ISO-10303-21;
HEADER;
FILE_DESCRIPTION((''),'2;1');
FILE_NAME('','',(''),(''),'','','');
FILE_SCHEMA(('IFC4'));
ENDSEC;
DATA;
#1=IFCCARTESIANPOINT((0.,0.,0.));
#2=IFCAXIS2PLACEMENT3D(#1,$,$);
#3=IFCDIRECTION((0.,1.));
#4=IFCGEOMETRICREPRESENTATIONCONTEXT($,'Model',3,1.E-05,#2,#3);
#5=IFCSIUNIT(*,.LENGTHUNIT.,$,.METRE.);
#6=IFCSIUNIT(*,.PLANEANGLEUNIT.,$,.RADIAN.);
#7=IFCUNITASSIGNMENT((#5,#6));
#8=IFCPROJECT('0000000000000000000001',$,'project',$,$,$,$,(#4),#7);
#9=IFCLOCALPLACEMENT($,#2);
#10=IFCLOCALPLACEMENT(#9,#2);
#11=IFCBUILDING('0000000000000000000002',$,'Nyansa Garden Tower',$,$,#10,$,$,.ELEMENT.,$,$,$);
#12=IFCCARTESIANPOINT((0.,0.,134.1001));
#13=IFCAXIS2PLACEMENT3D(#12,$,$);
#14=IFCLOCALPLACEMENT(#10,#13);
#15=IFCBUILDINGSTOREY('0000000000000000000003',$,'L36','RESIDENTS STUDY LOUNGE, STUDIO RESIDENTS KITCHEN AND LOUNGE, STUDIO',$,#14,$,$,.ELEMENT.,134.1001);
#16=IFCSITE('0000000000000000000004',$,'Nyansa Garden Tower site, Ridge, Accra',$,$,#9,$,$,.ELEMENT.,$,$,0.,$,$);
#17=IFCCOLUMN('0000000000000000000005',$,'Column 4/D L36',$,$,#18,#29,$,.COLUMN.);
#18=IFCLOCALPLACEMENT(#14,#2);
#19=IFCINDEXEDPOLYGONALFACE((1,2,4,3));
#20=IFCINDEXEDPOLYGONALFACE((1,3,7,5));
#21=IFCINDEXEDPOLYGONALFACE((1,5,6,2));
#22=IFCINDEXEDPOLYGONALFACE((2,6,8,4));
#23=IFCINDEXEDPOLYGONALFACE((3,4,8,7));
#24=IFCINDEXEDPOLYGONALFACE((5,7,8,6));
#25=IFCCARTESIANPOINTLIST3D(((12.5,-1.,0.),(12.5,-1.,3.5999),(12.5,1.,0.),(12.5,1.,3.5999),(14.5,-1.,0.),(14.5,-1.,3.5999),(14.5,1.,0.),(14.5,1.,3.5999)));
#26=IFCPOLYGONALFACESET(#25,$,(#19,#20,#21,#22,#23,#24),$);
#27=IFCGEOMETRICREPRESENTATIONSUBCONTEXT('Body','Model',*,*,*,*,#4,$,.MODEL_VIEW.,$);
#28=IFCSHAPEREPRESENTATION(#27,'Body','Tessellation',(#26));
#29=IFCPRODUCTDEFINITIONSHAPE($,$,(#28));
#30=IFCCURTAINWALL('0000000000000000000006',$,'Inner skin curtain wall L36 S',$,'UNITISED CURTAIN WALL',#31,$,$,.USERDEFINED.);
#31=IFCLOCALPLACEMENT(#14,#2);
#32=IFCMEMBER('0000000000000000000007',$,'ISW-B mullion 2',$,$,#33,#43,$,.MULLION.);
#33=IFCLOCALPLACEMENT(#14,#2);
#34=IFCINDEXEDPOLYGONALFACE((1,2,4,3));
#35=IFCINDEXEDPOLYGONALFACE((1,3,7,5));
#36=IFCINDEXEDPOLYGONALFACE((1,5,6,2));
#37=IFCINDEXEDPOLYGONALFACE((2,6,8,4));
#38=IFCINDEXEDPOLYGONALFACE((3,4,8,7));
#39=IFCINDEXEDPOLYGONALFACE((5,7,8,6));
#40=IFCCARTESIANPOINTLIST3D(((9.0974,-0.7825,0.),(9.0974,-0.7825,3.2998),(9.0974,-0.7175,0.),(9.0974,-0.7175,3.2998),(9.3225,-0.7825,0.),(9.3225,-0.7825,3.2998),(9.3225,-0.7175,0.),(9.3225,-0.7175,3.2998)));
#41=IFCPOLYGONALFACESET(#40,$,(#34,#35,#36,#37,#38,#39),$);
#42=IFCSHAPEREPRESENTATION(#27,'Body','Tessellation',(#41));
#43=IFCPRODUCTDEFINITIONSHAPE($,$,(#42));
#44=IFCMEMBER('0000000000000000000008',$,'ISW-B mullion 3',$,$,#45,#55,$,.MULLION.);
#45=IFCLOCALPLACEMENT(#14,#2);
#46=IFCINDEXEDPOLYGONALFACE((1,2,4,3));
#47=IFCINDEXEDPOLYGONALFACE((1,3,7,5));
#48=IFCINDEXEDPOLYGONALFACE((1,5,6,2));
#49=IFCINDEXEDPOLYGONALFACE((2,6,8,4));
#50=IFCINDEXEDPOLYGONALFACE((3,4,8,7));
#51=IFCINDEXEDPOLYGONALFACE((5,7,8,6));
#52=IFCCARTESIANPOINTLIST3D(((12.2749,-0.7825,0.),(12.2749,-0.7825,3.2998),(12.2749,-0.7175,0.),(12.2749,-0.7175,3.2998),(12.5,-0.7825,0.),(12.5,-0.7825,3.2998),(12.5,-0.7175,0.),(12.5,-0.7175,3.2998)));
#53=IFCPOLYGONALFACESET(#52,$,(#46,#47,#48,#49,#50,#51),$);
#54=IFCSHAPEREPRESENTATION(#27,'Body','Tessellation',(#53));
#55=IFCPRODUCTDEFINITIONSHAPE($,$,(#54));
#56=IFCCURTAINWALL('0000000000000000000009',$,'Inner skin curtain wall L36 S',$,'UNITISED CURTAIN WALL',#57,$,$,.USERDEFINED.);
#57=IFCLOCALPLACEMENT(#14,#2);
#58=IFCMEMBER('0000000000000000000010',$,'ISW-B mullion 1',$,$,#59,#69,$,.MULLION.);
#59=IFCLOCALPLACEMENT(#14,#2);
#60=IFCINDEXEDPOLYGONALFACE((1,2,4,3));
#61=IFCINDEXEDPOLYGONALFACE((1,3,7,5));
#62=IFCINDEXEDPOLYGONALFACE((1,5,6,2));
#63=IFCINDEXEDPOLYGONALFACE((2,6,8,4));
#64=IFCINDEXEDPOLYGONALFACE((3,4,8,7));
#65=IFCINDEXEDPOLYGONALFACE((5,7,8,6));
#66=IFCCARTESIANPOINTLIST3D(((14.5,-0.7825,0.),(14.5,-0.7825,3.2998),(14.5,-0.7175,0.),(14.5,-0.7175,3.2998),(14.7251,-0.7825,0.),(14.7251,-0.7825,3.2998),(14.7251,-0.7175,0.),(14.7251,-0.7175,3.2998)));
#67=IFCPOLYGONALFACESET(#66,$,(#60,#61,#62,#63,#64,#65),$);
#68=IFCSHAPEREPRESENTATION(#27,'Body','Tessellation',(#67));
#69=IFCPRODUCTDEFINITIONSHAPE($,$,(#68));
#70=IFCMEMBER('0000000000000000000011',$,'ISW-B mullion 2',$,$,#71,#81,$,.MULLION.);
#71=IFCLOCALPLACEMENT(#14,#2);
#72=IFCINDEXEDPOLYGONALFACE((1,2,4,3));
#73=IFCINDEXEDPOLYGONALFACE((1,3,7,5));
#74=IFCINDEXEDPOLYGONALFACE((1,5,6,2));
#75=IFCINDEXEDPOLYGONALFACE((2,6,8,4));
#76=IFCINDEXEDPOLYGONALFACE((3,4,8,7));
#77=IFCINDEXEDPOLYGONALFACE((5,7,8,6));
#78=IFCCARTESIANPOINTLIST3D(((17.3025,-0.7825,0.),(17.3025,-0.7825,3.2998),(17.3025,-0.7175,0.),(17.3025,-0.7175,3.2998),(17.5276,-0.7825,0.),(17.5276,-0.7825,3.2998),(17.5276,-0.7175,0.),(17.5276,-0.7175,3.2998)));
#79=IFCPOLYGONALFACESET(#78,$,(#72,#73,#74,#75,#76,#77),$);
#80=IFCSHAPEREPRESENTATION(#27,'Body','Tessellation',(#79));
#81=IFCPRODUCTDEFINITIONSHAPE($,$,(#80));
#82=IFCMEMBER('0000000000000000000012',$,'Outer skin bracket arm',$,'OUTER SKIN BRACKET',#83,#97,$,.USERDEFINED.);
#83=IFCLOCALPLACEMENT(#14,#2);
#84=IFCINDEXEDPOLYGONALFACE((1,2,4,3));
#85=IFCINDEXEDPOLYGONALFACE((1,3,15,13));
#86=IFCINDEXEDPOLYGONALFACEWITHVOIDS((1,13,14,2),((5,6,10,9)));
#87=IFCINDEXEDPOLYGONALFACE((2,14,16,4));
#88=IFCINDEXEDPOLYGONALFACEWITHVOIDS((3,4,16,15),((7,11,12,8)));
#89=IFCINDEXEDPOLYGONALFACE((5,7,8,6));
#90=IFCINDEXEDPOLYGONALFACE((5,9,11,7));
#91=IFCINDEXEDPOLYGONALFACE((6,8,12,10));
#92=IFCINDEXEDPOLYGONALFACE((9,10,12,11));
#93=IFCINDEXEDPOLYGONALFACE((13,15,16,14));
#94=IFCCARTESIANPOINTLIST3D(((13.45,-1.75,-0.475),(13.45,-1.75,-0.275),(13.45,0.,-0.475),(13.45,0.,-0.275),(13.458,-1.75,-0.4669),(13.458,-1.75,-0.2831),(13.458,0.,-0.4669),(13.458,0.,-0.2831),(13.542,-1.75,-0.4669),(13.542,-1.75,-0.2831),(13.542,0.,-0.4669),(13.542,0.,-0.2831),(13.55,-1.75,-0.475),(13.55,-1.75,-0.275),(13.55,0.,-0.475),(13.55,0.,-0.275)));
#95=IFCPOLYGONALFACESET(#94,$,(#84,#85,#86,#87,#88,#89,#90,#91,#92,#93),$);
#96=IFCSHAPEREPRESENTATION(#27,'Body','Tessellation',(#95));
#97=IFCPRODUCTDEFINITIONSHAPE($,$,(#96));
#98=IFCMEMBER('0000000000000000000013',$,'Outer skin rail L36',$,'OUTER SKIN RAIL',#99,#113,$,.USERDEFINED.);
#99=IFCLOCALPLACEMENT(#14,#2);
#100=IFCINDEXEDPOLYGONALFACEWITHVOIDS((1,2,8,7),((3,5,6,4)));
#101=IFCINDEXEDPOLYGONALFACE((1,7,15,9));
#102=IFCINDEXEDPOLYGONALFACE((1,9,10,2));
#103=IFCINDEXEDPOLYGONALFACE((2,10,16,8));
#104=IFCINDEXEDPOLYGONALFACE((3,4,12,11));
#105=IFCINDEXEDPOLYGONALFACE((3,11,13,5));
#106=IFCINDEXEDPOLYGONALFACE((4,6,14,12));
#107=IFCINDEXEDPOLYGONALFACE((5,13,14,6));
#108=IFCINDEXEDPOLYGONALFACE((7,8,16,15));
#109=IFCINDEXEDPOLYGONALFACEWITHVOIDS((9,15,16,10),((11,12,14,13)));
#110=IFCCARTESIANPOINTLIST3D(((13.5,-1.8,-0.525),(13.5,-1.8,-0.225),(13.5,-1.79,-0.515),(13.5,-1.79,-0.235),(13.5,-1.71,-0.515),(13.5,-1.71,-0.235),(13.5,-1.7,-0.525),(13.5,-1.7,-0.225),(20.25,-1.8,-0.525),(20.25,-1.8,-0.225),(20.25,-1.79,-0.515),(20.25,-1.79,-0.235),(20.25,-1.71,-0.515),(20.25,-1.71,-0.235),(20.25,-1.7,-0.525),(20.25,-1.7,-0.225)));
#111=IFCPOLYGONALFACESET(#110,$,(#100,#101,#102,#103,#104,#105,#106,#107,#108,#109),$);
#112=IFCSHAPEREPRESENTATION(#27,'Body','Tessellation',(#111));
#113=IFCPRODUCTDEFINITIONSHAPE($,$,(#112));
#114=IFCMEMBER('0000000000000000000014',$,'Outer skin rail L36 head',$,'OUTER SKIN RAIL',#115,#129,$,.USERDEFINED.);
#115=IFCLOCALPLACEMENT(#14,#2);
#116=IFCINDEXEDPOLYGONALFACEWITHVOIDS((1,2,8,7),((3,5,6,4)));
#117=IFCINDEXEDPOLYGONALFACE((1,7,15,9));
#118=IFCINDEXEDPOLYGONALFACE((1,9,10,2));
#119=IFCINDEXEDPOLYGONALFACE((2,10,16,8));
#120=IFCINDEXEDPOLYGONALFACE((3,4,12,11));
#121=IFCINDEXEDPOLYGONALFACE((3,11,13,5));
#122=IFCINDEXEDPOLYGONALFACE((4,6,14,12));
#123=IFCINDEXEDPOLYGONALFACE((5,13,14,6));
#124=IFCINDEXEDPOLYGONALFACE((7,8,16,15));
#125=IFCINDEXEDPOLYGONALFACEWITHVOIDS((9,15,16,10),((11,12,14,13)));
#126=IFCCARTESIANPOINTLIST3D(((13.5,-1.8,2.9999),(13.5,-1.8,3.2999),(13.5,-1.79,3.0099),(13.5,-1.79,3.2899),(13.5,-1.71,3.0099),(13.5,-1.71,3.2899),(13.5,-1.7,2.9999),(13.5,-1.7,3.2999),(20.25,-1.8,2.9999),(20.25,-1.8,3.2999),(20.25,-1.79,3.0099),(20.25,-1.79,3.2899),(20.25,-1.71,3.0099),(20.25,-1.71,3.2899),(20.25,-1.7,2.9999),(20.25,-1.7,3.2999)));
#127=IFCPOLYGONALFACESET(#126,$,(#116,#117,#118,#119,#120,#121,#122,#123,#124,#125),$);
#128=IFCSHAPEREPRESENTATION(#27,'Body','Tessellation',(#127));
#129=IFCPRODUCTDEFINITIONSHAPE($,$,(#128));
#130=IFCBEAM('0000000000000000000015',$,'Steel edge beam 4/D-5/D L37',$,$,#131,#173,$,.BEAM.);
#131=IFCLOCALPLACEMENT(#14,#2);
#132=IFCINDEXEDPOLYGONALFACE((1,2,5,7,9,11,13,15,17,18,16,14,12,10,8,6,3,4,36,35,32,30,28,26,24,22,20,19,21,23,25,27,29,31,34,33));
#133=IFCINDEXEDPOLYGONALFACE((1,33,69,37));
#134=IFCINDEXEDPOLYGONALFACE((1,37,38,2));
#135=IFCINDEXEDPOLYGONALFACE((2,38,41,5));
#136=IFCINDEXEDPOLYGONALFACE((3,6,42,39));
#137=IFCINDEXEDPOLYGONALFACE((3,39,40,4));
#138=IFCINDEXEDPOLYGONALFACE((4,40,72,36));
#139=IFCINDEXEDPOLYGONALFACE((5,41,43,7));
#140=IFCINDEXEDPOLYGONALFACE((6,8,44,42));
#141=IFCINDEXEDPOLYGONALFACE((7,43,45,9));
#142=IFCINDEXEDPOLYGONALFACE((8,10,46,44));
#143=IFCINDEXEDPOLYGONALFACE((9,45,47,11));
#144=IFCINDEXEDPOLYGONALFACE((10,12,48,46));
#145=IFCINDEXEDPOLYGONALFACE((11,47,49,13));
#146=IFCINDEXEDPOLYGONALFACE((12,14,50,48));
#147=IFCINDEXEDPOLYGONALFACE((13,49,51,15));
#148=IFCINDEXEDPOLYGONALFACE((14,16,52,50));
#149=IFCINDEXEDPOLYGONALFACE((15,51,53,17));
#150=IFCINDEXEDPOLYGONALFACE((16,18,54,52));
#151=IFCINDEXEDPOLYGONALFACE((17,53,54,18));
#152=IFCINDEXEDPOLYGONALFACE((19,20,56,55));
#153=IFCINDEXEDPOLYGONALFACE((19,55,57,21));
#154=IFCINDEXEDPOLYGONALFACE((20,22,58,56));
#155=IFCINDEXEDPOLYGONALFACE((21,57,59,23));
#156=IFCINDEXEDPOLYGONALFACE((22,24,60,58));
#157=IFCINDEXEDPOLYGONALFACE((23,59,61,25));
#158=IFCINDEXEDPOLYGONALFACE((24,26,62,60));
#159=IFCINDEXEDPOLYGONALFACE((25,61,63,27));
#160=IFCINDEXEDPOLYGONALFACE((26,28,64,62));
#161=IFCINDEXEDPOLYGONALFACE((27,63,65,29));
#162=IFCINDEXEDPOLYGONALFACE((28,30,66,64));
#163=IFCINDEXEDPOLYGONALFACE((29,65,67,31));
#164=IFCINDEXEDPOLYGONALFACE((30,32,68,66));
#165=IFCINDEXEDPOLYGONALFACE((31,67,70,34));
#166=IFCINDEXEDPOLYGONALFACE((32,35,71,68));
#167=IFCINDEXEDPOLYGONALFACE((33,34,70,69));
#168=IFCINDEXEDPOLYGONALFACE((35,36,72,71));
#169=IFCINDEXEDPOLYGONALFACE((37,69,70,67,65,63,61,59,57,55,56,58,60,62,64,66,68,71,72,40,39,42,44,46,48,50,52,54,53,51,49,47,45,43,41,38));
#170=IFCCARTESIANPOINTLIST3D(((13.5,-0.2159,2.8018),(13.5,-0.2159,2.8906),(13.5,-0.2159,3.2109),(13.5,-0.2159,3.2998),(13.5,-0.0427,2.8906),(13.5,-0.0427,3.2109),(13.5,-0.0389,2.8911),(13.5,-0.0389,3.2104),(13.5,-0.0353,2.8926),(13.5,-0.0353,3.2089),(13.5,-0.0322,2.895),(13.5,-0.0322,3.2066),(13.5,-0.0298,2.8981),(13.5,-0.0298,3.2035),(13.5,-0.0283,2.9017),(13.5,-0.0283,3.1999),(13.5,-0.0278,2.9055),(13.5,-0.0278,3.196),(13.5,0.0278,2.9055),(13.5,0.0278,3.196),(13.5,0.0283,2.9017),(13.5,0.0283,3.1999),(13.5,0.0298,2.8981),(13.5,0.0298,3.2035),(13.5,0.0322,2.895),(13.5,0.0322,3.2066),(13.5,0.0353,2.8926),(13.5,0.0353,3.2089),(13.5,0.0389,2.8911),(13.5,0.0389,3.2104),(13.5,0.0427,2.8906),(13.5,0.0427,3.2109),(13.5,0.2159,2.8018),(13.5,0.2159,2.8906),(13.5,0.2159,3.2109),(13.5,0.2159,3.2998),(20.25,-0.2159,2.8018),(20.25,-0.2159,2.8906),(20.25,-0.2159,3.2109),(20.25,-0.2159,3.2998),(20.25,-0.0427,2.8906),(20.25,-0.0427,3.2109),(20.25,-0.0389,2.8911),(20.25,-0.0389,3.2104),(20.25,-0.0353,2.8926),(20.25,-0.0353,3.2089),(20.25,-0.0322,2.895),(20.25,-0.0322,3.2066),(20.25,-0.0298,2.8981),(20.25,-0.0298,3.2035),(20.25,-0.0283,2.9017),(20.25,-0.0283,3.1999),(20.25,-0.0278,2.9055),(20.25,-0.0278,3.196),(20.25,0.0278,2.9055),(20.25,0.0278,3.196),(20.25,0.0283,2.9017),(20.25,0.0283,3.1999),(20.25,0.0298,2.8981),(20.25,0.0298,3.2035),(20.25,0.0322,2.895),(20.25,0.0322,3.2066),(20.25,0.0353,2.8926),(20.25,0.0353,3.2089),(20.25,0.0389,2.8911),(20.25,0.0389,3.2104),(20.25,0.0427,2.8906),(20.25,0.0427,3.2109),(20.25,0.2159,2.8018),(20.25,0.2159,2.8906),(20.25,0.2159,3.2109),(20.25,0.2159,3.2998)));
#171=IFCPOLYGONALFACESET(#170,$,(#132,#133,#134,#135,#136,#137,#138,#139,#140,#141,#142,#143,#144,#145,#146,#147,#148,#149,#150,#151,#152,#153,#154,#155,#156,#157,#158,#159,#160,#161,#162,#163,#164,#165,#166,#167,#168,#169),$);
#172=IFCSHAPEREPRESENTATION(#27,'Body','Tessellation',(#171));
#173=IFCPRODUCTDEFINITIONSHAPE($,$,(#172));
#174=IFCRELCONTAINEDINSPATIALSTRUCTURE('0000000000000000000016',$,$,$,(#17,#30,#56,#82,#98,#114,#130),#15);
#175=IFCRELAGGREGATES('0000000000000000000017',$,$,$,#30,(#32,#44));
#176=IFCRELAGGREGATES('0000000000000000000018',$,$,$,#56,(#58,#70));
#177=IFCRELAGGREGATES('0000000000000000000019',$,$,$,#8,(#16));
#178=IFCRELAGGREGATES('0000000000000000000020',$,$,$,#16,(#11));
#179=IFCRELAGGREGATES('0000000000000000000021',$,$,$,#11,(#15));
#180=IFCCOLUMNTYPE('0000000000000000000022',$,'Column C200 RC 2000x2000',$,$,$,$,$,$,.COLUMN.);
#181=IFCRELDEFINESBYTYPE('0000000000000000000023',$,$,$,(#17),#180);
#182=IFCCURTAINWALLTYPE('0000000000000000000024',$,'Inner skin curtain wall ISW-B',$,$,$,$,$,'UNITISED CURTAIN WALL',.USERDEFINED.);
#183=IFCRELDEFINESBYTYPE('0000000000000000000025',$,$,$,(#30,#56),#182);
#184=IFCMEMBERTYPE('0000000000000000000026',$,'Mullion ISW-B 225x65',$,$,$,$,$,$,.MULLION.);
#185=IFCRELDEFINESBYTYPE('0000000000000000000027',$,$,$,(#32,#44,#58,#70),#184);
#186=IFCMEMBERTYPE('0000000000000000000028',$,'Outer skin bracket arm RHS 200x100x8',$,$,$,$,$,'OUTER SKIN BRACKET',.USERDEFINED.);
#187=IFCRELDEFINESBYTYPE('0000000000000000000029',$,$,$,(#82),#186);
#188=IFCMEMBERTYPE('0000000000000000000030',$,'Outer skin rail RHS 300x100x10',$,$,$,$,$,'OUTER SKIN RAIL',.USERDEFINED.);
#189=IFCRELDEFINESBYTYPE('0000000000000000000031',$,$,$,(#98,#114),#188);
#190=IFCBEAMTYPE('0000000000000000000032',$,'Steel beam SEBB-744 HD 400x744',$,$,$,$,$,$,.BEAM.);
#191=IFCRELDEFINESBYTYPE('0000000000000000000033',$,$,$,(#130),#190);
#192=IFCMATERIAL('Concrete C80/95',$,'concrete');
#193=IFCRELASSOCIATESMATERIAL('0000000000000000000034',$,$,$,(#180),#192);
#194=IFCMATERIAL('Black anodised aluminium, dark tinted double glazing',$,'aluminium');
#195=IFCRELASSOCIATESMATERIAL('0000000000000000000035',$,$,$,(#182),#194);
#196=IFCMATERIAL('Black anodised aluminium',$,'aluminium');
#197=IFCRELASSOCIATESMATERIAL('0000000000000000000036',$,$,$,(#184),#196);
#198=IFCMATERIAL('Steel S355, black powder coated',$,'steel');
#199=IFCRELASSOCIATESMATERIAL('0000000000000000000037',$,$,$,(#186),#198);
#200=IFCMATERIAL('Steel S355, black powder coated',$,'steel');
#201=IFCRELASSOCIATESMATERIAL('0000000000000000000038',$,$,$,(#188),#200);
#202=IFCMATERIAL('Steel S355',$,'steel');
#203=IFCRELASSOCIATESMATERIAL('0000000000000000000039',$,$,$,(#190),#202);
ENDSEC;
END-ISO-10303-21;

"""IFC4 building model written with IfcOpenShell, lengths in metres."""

from ifc_helpers import new_model, si_unit, direction, frame, origin, origin_2d, place, context, subcontext, project, spatial, rectangle, hollow_rectangle, i_section, extrude, material, material_profile, profile_set, type_object, element, aggregate, save


model = new_model("IFC4")

# Units and contexts
model_context = context("Model", 3, precision=1e-05, world=origin(), true_north=direction((0.0, 1.0)))
body_context = subcontext(model_context, "Body", "Model", "MODEL_VIEW")
ifc_project = project(units=[si_unit("LENGTHUNIT", "METRE"), si_unit("PLANEANGLEUNIT", "RADIAN")], contexts=[model_context])

# Site, building, storey
site_placement = place(None, origin())
site = spatial("IfcSite", under=ifc_project, at=site_placement, Name="Nyansa Garden Tower site, Ridge, Accra", CompositionType="ELEMENT", RefElevation=0.0)
building_placement = place(site_placement, origin())
building = spatial("IfcBuilding", under=site, at=building_placement, Name="Nyansa Garden Tower", CompositionType="ELEMENT")
storey_placement = place(building_placement, frame((0.0, 0.0, 134.1001)))
storey = spatial("IfcBuildingStorey", under=building, at=storey_placement, Name="L36", Description="RESIDENTS STUDY LOUNGE, STUDIO RESIDENTS KITCHEN AND LOUNGE, STUDIO", CompositionType="ELEMENT", Elevation=134.1001)

# Column
ifc_material_1 = material(Name="Concrete C80/95", Category="concrete")
ifc_material_profile_1 = material_profile(ifc_material_1, rectangle(XDim=2.0, YDim=2.0, at=origin_2d()), Name="RC 2000x2000")
ifc_profile_set_1 = profile_set([ifc_material_profile_1], Name="Concrete C80/95")
column_type = type_object("IfcColumnType", Name="Column C200 RC 2000x2000", PredefinedType="COLUMN", material=ifc_profile_set_1)
column_placement = place(storey_placement, frame((13.5, 0.0, 0.0), z_axis=(0.0, 0.0, 1.0), x_axis=(1.0, 0.0, 0.0)))
element("IfcColumn", 1, at=column_placement, inside=storey, type_object=column_type, Name="Column 4/D L36", PredefinedType="COLUMN", context=body_context, shape_type="SweptSolid", body=[
    extrude(rectangle(XDim=2.0, YDim=2.0, at=origin_2d()), origin(), (0.0, 0.0, 1.0), 3.5999),
])

# Curtain walls, members
ifc_material_2 = material(Name="Black anodised aluminium, dark tinted double glazing", Category="aluminium")
curtain_wall_type = type_object("IfcCurtainWallType", Name="Inner skin curtain wall ISW-B", ElementType="UNITISED CURTAIN WALL", PredefinedType="USERDEFINED", material=ifc_material_2)
curtain_wall_1_placement = place(storey_placement, origin())
curtain_wall_1 = element("IfcCurtainWall", 2, at=curtain_wall_1_placement, inside=storey, type_object=curtain_wall_type, Name="Inner skin curtain wall L36 S", ObjectType="UNITISED CURTAIN WALL", PredefinedType="USERDEFINED")
ifc_material_3 = material(Name="Black anodised aluminium", Category="aluminium")
ifc_material_profile_2 = material_profile(ifc_material_3, rectangle(XDim=0.0649, YDim=0.2251, at=origin_2d()), Name="Mullion 225x65")
ifc_profile_set_2 = profile_set([ifc_material_profile_2], Name="Black anodised aluminium")
member_type_1 = type_object("IfcMemberType", Name="Mullion ISW-B 225x65", PredefinedType="MULLION", material=ifc_profile_set_2)
member_1_placement = place(storey_placement, frame((9.21, -0.75, 0.0), z_axis=(0.0, 0.0, 1.0), x_axis=(0.0, 1.0, 0.0)))
member_1 = element("IfcMember", 3, at=member_1_placement, type_object=member_type_1, Name="ISW-B mullion 2", PredefinedType="MULLION", context=body_context, shape_type="SweptSolid", body=[
    extrude(rectangle(XDim=0.0649, YDim=0.2251, at=origin_2d()), origin(), (0.0, 0.0, 1.0), 3.2998),
])
member_2_placement = place(storey_placement, frame((12.3875, -0.75, 0.0), z_axis=(0.0, 0.0, 1.0), x_axis=(0.0, 1.0, 0.0)))
member_2 = element("IfcMember", 4, at=member_2_placement, type_object=member_type_1, Name="ISW-B mullion 3", PredefinedType="MULLION", context=body_context, shape_type="SweptSolid", body=[
    extrude(rectangle(XDim=0.0649, YDim=0.2251, at=origin_2d()), origin(), (0.0, 0.0, 1.0), 3.2998),
])
curtain_wall_2_placement = place(storey_placement, origin())
curtain_wall_2 = element("IfcCurtainWall", 5, at=curtain_wall_2_placement, inside=storey, type_object=curtain_wall_type, Name="Inner skin curtain wall L36 S", ObjectType="UNITISED CURTAIN WALL", PredefinedType="USERDEFINED")
member_3_placement = place(storey_placement, frame((14.6125, -0.75, 0.0), z_axis=(0.0, 0.0, 1.0), x_axis=(0.0, 1.0, 0.0)))
member_3 = element("IfcMember", 6, at=member_3_placement, type_object=member_type_1, Name="ISW-B mullion 1", PredefinedType="MULLION", context=body_context, shape_type="SweptSolid", body=[
    extrude(rectangle(XDim=0.0649, YDim=0.2251, at=origin_2d()), origin(), (0.0, 0.0, 1.0), 3.2998),
])
member_4_placement = place(storey_placement, frame((17.415, -0.75, 0.0), z_axis=(0.0, 0.0, 1.0), x_axis=(0.0, 1.0, 0.0)))
member_4 = element("IfcMember", 7, at=member_4_placement, type_object=member_type_1, Name="ISW-B mullion 2", PredefinedType="MULLION", context=body_context, shape_type="SweptSolid", body=[
    extrude(rectangle(XDim=0.0649, YDim=0.2251, at=origin_2d()), origin(), (0.0, 0.0, 1.0), 3.2998),
])

# Members
ifc_material_4 = material(Name="Steel S355, black powder coated", Category="steel")
ifc_material_profile_3 = material_profile(ifc_material_4, hollow_rectangle(XDim=0.1001, YDim=0.2, WallThickness=0.0081, at=origin_2d()), Name="RHS 200x100x8")
ifc_profile_set_3 = profile_set([ifc_material_profile_3], Name="Steel S355, black powder coated")
member_type_2 = type_object("IfcMemberType", Name="Outer skin bracket arm RHS 200x100x8", ElementType="OUTER SKIN BRACKET", PredefinedType="USERDEFINED", material=ifc_profile_set_3)
member_5_placement = place(storey_placement, frame((13.5, 0.0, -0.375), z_axis=(0.0, -1.0, 0.0), x_axis=(1.0, 0.0, 0.0)))
element("IfcMember", 8, at=member_5_placement, inside=storey, type_object=member_type_2, Name="Outer skin bracket arm", ObjectType="OUTER SKIN BRACKET", PredefinedType="USERDEFINED", context=body_context, shape_type="SweptSolid", body=[
    extrude(hollow_rectangle(XDim=0.1001, YDim=0.2, WallThickness=0.0081, at=origin_2d()), origin(), (0.0, 0.0, 1.0), 1.75),
])
ifc_material_5 = material(Name="Steel S355, black powder coated", Category="steel")
ifc_material_profile_4 = material_profile(ifc_material_5, hollow_rectangle(XDim=0.1001, YDim=0.3, WallThickness=0.01, at=origin_2d()), Name="RHS 300x100x10")
ifc_profile_set_4 = profile_set([ifc_material_profile_4], Name="Steel S355, black powder coated")
member_type_3 = type_object("IfcMemberType", Name="Outer skin rail RHS 300x100x10", ElementType="OUTER SKIN RAIL", PredefinedType="USERDEFINED", material=ifc_profile_set_4)
for number, where, z_axis, x_axis, name in (
    (9, (13.5, -1.75, -0.375), (1.0, 0.0, 0.0), (0.0, 1.0, 0.0), "Outer skin rail L36"),
    (10, (13.5, -1.75, 3.1499), (1.0, 0.0, 0.0), (0.0, 1.0, 0.0), "Outer skin rail L36 head"),
):
    element("IfcMember", number, at=place(storey_placement, frame(where, z_axis=z_axis, x_axis=x_axis)), inside=storey, type_object=member_type_3, Name=name, ObjectType="OUTER SKIN RAIL", PredefinedType="USERDEFINED", context=body_context, shape_type="SweptSolid", body=[
        extrude(hollow_rectangle(XDim=0.1001, YDim=0.3, WallThickness=0.01, at=origin_2d()), origin(), (0.0, 0.0, 1.0), 6.75),
    ])

# Beam
ifc_material_6 = material(Name="Steel S355", Category="steel")
ifc_material_profile_5 = material_profile(ifc_material_6, i_section(OverallWidth=0.4319, OverallDepth=0.498, WebThickness=0.0557, FlangeThickness=0.0889, FilletRadius=0.0149, at=origin_2d()), Name="HD 400x744")
ifc_profile_set_5 = profile_set([ifc_material_profile_5], Name="Steel S355")
beam_type_1 = type_object("IfcBeamType", Name="Steel beam SEBB-744 HD 400x744", PredefinedType="BEAM", material=ifc_profile_set_5)
beam_1_placement = place(storey_placement, frame((13.5, 0.0, 3.0508), z_axis=(1.0, 0.0, 0.0), x_axis=(0.0, 1.0, 0.0)))
element("IfcBeam", 11, at=beam_1_placement, inside=storey, type_object=beam_type_1, Name="Steel edge beam 4/D-5/D L37", PredefinedType="BEAM", context=body_context, shape_type="SweptSolid", body=[
    extrude(i_section(OverallWidth=0.4319, OverallDepth=0.498, WebThickness=0.0557, FlangeThickness=0.0889, FilletRadius=0.0149, at=origin_2d()), origin(), (0.0, 0.0, 1.0), 6.75),
])

aggregate(curtain_wall_1, [member_1, member_2])
aggregate(curtain_wall_2, [member_3, member_4])

save(model, "model.ifc")
